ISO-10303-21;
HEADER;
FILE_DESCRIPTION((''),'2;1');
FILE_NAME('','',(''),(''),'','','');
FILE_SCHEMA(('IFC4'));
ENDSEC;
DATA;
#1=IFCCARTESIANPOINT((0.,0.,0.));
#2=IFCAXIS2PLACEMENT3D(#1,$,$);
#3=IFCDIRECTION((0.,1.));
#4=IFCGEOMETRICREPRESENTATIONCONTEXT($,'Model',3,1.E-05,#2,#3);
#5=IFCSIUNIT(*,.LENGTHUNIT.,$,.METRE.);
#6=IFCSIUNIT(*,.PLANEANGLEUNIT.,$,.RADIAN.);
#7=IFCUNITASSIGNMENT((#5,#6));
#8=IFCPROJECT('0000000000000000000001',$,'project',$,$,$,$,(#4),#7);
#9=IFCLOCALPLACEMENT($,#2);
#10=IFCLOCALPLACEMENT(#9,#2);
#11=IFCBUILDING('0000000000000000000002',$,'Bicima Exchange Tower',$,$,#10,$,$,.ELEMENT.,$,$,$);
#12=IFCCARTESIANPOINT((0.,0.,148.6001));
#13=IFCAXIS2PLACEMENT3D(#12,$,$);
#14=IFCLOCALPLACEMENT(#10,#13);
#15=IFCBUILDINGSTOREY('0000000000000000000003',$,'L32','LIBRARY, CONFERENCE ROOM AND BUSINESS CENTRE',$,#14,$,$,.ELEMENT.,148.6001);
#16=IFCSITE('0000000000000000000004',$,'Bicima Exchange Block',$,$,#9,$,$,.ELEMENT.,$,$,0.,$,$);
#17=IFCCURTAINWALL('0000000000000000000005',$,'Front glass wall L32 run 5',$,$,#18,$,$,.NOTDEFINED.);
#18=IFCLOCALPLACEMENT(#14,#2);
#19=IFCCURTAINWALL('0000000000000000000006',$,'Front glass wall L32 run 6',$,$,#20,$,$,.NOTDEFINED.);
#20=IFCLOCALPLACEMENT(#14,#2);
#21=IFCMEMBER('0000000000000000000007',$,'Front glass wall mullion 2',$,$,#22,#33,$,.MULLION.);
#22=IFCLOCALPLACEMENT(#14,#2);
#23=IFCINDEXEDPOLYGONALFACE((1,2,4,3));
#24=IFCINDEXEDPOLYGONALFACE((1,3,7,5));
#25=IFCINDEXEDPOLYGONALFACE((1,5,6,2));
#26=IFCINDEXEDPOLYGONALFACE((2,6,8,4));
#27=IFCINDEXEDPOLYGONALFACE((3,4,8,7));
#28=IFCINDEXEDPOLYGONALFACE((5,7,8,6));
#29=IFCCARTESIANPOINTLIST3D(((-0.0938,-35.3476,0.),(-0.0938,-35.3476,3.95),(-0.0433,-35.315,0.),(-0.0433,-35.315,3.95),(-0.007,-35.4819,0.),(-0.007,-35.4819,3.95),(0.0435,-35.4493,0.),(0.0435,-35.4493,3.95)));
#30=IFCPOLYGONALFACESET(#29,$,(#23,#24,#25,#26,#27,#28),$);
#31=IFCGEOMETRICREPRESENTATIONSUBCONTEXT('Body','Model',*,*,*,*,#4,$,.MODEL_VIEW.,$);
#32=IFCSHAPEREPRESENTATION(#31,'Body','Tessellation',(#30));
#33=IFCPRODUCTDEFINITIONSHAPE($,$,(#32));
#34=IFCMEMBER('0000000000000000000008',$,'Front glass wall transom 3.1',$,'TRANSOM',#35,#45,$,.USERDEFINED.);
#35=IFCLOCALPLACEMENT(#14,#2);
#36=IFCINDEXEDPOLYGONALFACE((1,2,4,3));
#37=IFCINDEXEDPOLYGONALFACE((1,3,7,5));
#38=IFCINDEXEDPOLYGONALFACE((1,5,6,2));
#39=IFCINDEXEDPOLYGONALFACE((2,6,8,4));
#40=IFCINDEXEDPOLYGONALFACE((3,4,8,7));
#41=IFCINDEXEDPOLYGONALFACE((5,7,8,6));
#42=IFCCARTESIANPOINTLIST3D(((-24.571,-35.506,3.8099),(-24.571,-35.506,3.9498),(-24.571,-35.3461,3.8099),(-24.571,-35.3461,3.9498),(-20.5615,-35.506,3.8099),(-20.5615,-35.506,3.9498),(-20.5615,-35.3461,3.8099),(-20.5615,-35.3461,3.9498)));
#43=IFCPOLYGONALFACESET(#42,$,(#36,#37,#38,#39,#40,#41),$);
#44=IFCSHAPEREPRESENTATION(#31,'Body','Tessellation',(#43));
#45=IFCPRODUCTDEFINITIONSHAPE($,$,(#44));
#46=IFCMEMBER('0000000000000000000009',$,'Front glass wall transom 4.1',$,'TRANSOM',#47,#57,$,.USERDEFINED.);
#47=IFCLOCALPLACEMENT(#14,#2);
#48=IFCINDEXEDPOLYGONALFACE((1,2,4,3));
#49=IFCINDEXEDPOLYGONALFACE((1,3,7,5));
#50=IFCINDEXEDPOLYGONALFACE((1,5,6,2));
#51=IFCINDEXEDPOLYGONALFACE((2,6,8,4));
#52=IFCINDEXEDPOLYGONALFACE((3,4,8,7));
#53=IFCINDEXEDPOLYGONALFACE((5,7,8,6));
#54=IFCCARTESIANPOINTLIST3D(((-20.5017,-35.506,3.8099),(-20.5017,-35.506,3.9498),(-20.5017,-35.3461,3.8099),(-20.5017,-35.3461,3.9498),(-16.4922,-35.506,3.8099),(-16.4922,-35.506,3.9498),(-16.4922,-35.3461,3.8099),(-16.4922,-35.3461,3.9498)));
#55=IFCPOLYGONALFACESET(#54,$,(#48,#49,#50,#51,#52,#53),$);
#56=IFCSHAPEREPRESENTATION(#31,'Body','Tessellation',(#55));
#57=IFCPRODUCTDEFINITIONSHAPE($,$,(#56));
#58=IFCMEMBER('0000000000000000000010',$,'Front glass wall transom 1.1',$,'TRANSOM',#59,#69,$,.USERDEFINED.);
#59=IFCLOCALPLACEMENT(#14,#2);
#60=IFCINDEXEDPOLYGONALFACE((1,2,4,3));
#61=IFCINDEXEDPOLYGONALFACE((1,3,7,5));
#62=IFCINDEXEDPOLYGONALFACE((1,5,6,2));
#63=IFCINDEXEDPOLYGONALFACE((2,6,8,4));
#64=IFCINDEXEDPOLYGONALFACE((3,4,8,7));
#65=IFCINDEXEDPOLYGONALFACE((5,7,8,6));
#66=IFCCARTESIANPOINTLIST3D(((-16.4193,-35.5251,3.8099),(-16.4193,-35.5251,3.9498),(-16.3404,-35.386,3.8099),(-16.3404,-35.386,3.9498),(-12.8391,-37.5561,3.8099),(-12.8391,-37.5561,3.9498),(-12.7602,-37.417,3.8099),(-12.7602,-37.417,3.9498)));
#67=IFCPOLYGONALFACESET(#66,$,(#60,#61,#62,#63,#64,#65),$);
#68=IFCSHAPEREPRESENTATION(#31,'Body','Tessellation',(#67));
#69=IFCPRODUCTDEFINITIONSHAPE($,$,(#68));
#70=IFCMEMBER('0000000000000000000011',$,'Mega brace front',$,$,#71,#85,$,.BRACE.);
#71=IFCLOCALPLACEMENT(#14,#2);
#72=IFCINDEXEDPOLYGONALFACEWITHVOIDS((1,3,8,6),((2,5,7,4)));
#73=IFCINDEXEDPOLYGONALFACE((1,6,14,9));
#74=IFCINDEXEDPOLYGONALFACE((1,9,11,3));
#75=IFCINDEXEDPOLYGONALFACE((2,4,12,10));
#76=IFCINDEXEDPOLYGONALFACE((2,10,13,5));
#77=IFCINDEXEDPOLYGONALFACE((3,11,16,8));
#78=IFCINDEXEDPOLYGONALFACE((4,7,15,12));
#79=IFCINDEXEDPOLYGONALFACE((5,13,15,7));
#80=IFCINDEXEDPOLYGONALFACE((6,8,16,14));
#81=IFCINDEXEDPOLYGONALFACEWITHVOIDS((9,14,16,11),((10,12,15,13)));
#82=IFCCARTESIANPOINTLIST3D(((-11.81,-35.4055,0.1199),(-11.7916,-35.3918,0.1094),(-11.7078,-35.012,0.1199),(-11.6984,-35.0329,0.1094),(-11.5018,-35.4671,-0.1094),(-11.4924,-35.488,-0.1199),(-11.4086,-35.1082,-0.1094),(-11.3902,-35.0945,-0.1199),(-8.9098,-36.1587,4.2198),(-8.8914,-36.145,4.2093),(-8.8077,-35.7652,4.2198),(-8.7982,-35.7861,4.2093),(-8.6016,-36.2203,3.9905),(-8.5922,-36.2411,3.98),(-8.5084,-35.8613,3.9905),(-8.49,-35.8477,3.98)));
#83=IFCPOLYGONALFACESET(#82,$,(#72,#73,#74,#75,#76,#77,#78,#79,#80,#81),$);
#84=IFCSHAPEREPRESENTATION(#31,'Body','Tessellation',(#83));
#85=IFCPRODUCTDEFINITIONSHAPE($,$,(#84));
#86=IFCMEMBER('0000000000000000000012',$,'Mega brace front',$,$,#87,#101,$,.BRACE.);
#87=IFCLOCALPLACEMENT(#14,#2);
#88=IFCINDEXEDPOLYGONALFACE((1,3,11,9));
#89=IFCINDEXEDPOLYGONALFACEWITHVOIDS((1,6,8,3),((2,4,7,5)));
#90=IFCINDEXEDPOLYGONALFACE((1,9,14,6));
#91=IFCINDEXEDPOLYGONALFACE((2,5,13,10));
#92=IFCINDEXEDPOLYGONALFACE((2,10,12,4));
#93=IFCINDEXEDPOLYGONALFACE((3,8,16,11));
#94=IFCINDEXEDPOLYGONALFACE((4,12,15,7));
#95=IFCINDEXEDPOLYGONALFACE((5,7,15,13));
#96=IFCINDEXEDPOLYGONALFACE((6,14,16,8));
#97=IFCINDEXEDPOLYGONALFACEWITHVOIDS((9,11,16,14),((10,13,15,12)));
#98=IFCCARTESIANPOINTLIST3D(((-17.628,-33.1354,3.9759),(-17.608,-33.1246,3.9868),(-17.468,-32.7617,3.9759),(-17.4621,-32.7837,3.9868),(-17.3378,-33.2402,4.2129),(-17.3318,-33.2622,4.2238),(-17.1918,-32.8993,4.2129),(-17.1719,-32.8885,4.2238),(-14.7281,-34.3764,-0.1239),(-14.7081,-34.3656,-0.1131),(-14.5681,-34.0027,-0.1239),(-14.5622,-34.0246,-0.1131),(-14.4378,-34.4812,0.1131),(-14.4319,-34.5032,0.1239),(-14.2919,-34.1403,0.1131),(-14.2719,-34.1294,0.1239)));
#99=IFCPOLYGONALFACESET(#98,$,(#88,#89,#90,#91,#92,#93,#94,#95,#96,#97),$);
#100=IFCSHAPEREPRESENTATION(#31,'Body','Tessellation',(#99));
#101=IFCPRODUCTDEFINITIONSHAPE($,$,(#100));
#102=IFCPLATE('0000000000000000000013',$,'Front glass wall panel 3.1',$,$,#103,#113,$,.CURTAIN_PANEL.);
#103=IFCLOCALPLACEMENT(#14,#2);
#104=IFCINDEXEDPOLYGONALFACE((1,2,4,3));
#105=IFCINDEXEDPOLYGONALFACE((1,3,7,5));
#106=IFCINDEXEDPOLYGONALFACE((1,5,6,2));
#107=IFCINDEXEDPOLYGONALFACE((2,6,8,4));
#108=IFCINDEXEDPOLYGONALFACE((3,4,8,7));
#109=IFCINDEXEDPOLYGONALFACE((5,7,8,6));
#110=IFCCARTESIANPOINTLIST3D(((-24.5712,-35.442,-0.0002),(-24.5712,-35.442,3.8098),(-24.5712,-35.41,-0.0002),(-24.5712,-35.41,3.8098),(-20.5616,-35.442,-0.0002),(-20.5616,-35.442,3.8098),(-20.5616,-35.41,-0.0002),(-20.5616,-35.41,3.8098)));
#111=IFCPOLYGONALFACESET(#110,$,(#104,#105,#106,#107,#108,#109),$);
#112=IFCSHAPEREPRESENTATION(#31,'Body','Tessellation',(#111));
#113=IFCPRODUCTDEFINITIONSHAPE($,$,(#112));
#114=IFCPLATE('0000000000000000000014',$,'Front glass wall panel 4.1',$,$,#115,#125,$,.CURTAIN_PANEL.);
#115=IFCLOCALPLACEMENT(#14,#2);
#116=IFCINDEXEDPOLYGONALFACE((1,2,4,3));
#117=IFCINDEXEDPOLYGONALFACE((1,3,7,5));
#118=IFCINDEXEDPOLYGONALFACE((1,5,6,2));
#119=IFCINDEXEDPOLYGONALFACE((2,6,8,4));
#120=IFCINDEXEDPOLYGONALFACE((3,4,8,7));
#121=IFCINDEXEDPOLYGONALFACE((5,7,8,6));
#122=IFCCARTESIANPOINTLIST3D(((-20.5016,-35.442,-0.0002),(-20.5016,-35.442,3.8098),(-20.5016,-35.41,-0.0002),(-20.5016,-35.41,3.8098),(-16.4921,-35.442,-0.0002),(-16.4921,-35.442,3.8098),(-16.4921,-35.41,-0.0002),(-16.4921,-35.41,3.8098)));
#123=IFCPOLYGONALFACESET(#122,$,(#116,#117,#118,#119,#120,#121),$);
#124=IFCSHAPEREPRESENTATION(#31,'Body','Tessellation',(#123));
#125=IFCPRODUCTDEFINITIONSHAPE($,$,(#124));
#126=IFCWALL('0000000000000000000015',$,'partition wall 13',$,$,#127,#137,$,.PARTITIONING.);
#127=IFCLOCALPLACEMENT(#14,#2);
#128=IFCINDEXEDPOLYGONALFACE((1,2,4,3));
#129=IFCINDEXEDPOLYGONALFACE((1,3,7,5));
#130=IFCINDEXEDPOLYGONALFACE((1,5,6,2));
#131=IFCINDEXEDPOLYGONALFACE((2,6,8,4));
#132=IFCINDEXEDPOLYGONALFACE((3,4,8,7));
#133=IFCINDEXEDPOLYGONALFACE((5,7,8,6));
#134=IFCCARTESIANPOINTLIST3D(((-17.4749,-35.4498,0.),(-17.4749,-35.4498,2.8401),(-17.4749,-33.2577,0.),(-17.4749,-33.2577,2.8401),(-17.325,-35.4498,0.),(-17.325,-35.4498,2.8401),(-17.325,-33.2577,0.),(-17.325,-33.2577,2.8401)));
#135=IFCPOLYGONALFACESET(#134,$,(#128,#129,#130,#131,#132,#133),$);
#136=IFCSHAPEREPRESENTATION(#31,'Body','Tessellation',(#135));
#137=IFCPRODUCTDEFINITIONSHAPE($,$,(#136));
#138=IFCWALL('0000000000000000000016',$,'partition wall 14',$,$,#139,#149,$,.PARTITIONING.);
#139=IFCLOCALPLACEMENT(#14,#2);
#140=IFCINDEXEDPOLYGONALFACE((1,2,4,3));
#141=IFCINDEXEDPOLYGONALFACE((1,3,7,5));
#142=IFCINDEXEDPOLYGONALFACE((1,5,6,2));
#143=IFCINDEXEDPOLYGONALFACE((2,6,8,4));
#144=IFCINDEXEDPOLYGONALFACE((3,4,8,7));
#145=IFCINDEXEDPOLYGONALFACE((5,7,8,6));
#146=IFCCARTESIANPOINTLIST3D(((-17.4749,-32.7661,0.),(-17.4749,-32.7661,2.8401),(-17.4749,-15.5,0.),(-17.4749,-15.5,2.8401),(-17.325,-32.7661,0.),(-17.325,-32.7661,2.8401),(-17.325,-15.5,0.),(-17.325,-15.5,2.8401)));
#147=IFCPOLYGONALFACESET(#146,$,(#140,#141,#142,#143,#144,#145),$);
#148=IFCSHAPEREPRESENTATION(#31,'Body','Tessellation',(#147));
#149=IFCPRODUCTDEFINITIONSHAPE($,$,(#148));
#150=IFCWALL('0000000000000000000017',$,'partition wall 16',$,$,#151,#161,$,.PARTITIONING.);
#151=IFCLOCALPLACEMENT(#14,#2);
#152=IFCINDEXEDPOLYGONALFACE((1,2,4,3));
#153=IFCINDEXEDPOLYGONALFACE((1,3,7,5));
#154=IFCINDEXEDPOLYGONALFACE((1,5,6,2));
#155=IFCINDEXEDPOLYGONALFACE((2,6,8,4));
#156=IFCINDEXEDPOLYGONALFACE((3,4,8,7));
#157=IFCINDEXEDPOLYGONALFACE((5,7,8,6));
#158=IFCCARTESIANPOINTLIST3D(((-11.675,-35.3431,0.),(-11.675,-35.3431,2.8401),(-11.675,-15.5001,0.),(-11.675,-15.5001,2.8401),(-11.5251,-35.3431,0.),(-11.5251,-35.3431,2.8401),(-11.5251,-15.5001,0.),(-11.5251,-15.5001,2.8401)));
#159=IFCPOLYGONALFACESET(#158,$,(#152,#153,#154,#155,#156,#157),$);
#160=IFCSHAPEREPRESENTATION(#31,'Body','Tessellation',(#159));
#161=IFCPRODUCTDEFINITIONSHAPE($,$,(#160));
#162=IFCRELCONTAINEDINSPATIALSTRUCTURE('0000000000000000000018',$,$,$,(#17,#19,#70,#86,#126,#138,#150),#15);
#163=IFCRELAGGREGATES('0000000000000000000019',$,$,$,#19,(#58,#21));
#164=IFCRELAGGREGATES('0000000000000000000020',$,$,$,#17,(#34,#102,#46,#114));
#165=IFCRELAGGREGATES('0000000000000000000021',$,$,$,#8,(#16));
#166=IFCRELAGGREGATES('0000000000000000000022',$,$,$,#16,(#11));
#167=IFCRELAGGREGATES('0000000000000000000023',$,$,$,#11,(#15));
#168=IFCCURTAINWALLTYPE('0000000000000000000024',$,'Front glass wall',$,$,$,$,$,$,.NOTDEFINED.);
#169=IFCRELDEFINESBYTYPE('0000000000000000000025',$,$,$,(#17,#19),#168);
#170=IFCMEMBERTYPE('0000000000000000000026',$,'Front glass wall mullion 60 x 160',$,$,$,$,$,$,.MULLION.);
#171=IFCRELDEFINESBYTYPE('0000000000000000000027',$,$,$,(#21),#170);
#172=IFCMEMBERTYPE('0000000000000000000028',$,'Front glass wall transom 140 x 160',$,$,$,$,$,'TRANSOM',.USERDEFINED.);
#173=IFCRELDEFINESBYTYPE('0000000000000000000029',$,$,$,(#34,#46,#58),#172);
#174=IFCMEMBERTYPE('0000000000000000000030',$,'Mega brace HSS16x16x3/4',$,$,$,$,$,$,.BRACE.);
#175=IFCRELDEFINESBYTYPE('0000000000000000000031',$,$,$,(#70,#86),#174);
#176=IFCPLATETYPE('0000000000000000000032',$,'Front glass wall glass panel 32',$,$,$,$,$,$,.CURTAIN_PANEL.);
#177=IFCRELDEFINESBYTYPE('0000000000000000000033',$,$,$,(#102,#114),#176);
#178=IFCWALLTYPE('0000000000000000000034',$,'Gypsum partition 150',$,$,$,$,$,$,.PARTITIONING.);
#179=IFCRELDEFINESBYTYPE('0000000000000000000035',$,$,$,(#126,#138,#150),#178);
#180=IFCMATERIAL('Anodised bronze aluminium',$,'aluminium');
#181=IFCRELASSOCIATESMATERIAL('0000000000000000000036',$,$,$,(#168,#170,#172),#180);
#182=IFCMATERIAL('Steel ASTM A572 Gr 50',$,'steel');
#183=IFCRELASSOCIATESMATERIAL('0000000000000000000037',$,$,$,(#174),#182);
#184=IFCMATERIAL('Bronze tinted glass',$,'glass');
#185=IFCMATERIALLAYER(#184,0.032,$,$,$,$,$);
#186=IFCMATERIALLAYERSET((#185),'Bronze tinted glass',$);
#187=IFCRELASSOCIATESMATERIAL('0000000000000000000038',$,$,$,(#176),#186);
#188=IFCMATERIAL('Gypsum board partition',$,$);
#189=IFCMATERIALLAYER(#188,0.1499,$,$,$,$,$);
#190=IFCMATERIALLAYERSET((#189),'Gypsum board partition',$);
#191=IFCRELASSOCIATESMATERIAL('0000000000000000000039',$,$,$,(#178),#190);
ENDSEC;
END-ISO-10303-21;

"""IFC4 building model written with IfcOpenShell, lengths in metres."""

from ifc_helpers import new_model, si_unit, direction, frame, frame_2d, origin, origin_2d, place, context, subcontext, project, spatial, rectangle, hollow_rectangle, extrude, material, layer, layer_set, material_profile, profile_set, type_object, element, aggregate, save


model = new_model("IFC4")

# Units and contexts
model_context = context("Model", 3, precision=1e-05, world=origin(), true_north=direction((0.0, 1.0)))
body_context = subcontext(model_context, "Body", "Model", "MODEL_VIEW")
ifc_project = project(units=[si_unit("LENGTHUNIT", "METRE"), si_unit("PLANEANGLEUNIT", "RADIAN")], contexts=[model_context])

# Site, building, storey
site_placement = place(None, origin())
site = spatial("IfcSite", under=ifc_project, at=site_placement, Name="Bicima Exchange Block", CompositionType="ELEMENT", RefElevation=0.0)
building_placement = place(site_placement, origin())
building = spatial("IfcBuilding", under=site, at=building_placement, Name="Bicima Exchange Tower", CompositionType="ELEMENT")
storey_placement = place(building_placement, frame((0.0, 0.0, 148.6001)))
storey = spatial("IfcBuildingStorey", under=building, at=storey_placement, Name="L32", Description="LIBRARY, CONFERENCE ROOM AND BUSINESS CENTRE", CompositionType="ELEMENT", Elevation=148.6001)

# Curtain walls, member
ifc_material_1 = material(Name="Anodised bronze aluminium", Category="aluminium")
curtain_wall_type = type_object("IfcCurtainWallType", Name="Front glass wall", PredefinedType="NOTDEFINED", material=ifc_material_1)
curtain_wall_1_placement = place(storey_placement, origin())
curtain_wall_1 = element("IfcCurtainWall", 1, at=curtain_wall_1_placement, inside=storey, type_object=curtain_wall_type, Name="Front glass wall L32 run 5", PredefinedType="NOTDEFINED")
ifc_material_profile_1 = material_profile(ifc_material_1, rectangle(XDim=0.1599, YDim=0.0601, at=origin_2d()))
ifc_profile_set_1 = profile_set([ifc_material_profile_1], Name="Anodised bronze aluminium")
member_type_1 = type_object("IfcMemberType", Name="Front glass wall mullion 60 x 160", PredefinedType="MULLION", material=ifc_profile_set_1)
curtain_wall_2_placement = place(storey_placement, origin())
curtain_wall_2 = element("IfcCurtainWall", 2, at=curtain_wall_2_placement, inside=storey, type_object=curtain_wall_type, Name="Front glass wall L32 run 6", PredefinedType="NOTDEFINED")
member_1_placement = place(storey_placement, frame((-0.0251, -35.3984, 0.0), z_axis=(0.0, 0.0, 1.0), x_axis=(-0.542897, 0.839799, 0.0)))
member_1 = element("IfcMember", 3, at=member_1_placement, type_object=member_type_1, Name="Front glass wall mullion 2", PredefinedType="MULLION", context=body_context, shape_type="SweptSolid", body=[
    extrude(rectangle(XDim=0.1599, YDim=0.0601, at=origin_2d()), origin(), (0.0, 0.0, 1.0), 3.95),
])

# Members
ifc_material_profile_2 = material_profile(ifc_material_1, rectangle(XDim=0.1599, YDim=0.1399, at=origin_2d()))
ifc_profile_set_2 = profile_set([ifc_material_profile_2], Name="Anodised bronze aluminium")
member_type_2 = type_object("IfcMemberType", Name="Front glass wall transom 140 x 160", ElementType="TRANSOM", PredefinedType="USERDEFINED", material=ifc_profile_set_2)
member_2_placement = place(storey_placement, frame((-24.571, -35.426, 3.8799), z_axis=(1.0, 0.0, 0.0), x_axis=(0.0, 1.0, 0.0)))
member_2 = element("IfcMember", 4, at=member_2_placement, type_object=member_type_2, Name="Front glass wall transom 3.1", ObjectType="TRANSOM", PredefinedType="USERDEFINED", context=body_context, shape_type="SweptSolid", body=[
    extrude(rectangle(XDim=0.1599, YDim=0.1399, at=origin_2d()), origin(), (0.0, 0.0, 1.0), 4.0095),
])
member_3_placement = place(storey_placement, frame((-20.5017, -35.426, 3.8799), z_axis=(1.0, 0.0, 0.0), x_axis=(0.0, 1.0, 0.0)))
member_3 = element("IfcMember", 5, at=member_3_placement, type_object=member_type_2, Name="Front glass wall transom 4.1", ObjectType="TRANSOM", PredefinedType="USERDEFINED", context=body_context, shape_type="SweptSolid", body=[
    extrude(rectangle(XDim=0.1599, YDim=0.1399, at=origin_2d()), origin(), (0.0, 0.0, 1.0), 4.0095),
])
member_4_placement = place(storey_placement, frame((-16.3799, -35.4556, 3.8799), z_axis=(0.869797, -0.493409, 0.0), x_axis=(0.493409, 0.869797, 0.0)))
member_4 = element("IfcMember", 6, at=member_4_placement, type_object=member_type_2, Name="Front glass wall transom 1.1", ObjectType="TRANSOM", PredefinedType="USERDEFINED", context=body_context, shape_type="SweptSolid", body=[
    extrude(rectangle(XDim=0.1599, YDim=0.1399, at=origin_2d()), origin(), (0.0, 0.0, 1.0), 4.1162),
])
aggregate(curtain_wall_2, [member_4, member_1])

# Members
ifc_material_2 = material(Name="Steel ASTM A572 Gr 50", Category="steel")
ifc_material_profile_3 = material_profile(ifc_material_2, hollow_rectangle(XDim=0.4065, YDim=0.4065, WallThickness=0.0178, at=origin_2d()))
ifc_profile_set_3 = profile_set([ifc_material_profile_3], Name="Steel ASTM A572 Gr 50")
member_type_3 = type_object("IfcMemberType", Name="Mega brace HSS16x16x3/4", PredefinedType="BRACE", material=ifc_profile_set_3)
member_5_placement = place(storey_placement, frame((-11.6001, -35.25, 0.0), z_axis=(0.571111, -0.148319, 0.807363), x_axis=(0.251364, 0.967893, 0.0)))
element("IfcMember", 7, at=member_5_placement, inside=storey, type_object=member_type_3, Name="Mega brace front", PredefinedType="BRACE", context=body_context, shape_type="SweptSolid", body=[
    extrude(hollow_rectangle(XDim=0.4065, YDim=0.4065, WallThickness=0.0178, at=origin_2d()), origin(), (0.0, 0.0, 1.0), 5.0781),
])
member_6_placement = place(storey_placement, frame((-14.5, -34.2529, 0.0), z_axis=(-0.560602, 0.239901, 0.792574), x_axis=(-0.393424, -0.919357, 0.0)))
element("IfcMember", 8, at=member_6_placement, inside=storey, type_object=member_type_3, Name="Mega brace front", PredefinedType="BRACE", context=body_context, shape_type="SweptSolid", body=[
    extrude(hollow_rectangle(XDim=0.4065, YDim=0.4065, WallThickness=0.0178, at=origin_2d()), origin(), (0.0, 0.0, 1.0), 5.1729),
])

# Plates
ifc_material_3 = material(Name="Bronze tinted glass", Category="glass")
ifc_layer_1 = layer(ifc_material_3, 0.032)
ifc_layer_set_1 = layer_set([ifc_layer_1], Name="Bronze tinted glass")
plate_type = type_object("IfcPlateType", Name="Front glass wall glass panel 32", PredefinedType="CURTAIN_PANEL", material=ifc_layer_set_1)
plate_1_placement = place(storey_placement, frame((-22.5664, -35.426, -0.0002), z_axis=(0.0, 0.0, 1.0), x_axis=(1.0, 0.0, 0.0)))
plate_1 = element("IfcPlate", 9, at=plate_1_placement, type_object=plate_type, Name="Front glass wall panel 3.1", PredefinedType="CURTAIN_PANEL", context=body_context, shape_type="SweptSolid", body=[
    extrude(rectangle(XDim=4.0095, YDim=0.032, at=origin_2d()), origin(), (0.0, 0.0, 1.0), 3.8101),
])
plate_2_placement = place(storey_placement, frame((-18.4968, -35.426, -0.0002), z_axis=(0.0, 0.0, 1.0), x_axis=(1.0, 0.0, 0.0)))
plate_2 = element("IfcPlate", 10, at=plate_2_placement, type_object=plate_type, Name="Front glass wall panel 4.1", PredefinedType="CURTAIN_PANEL", context=body_context, shape_type="SweptSolid", body=[
    extrude(rectangle(XDim=4.0095, YDim=0.032, at=origin_2d()), origin(), (0.0, 0.0, 1.0), 3.8101),
])
aggregate(curtain_wall_1, [member_2, plate_1, member_3, plate_2])

# Walls
ifc_material_4 = material(Name="Gypsum board partition")
ifc_layer_2 = layer(ifc_material_4, 0.1499)
ifc_layer_set_2 = layer_set([ifc_layer_2], Name="Gypsum board partition")
wall_type = type_object("IfcWallType", Name="Gypsum partition 150", PredefinedType="PARTITIONING", material=ifc_layer_set_2)
wall_1_placement = place(storey_placement, frame((-17.3999, -35.45, 0.0), z_axis=(0.0, 0.0, 1.0), x_axis=(0.0, 1.0, 0.0)))
element("IfcWall", 11, at=wall_1_placement, inside=storey, type_object=wall_type, Name="partition wall 13", PredefinedType="PARTITIONING", context=body_context, shape_type="SweptSolid", body=[
    extrude(rectangle(XDim=2.1921, YDim=0.1499, at=frame_2d((1.0962, 0.0))), origin(), (0.0, 0.0, 1.0), 2.8401),
])
wall_2_placement = place(storey_placement, frame((-17.3999, -32.7661, 0.0), z_axis=(0.0, 0.0, 1.0), x_axis=(0.0, 1.0, 0.0)))
element("IfcWall", 12, at=wall_2_placement, inside=storey, type_object=wall_type, Name="partition wall 14", PredefinedType="PARTITIONING", context=body_context, shape_type="SweptSolid", body=[
    extrude(rectangle(XDim=17.2661, YDim=0.1499, at=frame_2d((8.6331, 0.0))), origin(), (0.0, 0.0, 1.0), 2.8401),
])
wall_3_placement = place(storey_placement, frame((-11.6001, -35.343, 0.0), z_axis=(0.0, 0.0, 1.0), x_axis=(0.0, 1.0, 0.0)))
element("IfcWall", 13, at=wall_3_placement, inside=storey, type_object=wall_type, Name="partition wall 16", PredefinedType="PARTITIONING", context=body_context, shape_type="SweptSolid", body=[
    extrude(rectangle(XDim=19.843, YDim=0.1499, at=frame_2d((9.9214, 0.0))), origin(), (0.0, 0.0, 1.0), 2.8401),
])

save(model, "model.ifc")
